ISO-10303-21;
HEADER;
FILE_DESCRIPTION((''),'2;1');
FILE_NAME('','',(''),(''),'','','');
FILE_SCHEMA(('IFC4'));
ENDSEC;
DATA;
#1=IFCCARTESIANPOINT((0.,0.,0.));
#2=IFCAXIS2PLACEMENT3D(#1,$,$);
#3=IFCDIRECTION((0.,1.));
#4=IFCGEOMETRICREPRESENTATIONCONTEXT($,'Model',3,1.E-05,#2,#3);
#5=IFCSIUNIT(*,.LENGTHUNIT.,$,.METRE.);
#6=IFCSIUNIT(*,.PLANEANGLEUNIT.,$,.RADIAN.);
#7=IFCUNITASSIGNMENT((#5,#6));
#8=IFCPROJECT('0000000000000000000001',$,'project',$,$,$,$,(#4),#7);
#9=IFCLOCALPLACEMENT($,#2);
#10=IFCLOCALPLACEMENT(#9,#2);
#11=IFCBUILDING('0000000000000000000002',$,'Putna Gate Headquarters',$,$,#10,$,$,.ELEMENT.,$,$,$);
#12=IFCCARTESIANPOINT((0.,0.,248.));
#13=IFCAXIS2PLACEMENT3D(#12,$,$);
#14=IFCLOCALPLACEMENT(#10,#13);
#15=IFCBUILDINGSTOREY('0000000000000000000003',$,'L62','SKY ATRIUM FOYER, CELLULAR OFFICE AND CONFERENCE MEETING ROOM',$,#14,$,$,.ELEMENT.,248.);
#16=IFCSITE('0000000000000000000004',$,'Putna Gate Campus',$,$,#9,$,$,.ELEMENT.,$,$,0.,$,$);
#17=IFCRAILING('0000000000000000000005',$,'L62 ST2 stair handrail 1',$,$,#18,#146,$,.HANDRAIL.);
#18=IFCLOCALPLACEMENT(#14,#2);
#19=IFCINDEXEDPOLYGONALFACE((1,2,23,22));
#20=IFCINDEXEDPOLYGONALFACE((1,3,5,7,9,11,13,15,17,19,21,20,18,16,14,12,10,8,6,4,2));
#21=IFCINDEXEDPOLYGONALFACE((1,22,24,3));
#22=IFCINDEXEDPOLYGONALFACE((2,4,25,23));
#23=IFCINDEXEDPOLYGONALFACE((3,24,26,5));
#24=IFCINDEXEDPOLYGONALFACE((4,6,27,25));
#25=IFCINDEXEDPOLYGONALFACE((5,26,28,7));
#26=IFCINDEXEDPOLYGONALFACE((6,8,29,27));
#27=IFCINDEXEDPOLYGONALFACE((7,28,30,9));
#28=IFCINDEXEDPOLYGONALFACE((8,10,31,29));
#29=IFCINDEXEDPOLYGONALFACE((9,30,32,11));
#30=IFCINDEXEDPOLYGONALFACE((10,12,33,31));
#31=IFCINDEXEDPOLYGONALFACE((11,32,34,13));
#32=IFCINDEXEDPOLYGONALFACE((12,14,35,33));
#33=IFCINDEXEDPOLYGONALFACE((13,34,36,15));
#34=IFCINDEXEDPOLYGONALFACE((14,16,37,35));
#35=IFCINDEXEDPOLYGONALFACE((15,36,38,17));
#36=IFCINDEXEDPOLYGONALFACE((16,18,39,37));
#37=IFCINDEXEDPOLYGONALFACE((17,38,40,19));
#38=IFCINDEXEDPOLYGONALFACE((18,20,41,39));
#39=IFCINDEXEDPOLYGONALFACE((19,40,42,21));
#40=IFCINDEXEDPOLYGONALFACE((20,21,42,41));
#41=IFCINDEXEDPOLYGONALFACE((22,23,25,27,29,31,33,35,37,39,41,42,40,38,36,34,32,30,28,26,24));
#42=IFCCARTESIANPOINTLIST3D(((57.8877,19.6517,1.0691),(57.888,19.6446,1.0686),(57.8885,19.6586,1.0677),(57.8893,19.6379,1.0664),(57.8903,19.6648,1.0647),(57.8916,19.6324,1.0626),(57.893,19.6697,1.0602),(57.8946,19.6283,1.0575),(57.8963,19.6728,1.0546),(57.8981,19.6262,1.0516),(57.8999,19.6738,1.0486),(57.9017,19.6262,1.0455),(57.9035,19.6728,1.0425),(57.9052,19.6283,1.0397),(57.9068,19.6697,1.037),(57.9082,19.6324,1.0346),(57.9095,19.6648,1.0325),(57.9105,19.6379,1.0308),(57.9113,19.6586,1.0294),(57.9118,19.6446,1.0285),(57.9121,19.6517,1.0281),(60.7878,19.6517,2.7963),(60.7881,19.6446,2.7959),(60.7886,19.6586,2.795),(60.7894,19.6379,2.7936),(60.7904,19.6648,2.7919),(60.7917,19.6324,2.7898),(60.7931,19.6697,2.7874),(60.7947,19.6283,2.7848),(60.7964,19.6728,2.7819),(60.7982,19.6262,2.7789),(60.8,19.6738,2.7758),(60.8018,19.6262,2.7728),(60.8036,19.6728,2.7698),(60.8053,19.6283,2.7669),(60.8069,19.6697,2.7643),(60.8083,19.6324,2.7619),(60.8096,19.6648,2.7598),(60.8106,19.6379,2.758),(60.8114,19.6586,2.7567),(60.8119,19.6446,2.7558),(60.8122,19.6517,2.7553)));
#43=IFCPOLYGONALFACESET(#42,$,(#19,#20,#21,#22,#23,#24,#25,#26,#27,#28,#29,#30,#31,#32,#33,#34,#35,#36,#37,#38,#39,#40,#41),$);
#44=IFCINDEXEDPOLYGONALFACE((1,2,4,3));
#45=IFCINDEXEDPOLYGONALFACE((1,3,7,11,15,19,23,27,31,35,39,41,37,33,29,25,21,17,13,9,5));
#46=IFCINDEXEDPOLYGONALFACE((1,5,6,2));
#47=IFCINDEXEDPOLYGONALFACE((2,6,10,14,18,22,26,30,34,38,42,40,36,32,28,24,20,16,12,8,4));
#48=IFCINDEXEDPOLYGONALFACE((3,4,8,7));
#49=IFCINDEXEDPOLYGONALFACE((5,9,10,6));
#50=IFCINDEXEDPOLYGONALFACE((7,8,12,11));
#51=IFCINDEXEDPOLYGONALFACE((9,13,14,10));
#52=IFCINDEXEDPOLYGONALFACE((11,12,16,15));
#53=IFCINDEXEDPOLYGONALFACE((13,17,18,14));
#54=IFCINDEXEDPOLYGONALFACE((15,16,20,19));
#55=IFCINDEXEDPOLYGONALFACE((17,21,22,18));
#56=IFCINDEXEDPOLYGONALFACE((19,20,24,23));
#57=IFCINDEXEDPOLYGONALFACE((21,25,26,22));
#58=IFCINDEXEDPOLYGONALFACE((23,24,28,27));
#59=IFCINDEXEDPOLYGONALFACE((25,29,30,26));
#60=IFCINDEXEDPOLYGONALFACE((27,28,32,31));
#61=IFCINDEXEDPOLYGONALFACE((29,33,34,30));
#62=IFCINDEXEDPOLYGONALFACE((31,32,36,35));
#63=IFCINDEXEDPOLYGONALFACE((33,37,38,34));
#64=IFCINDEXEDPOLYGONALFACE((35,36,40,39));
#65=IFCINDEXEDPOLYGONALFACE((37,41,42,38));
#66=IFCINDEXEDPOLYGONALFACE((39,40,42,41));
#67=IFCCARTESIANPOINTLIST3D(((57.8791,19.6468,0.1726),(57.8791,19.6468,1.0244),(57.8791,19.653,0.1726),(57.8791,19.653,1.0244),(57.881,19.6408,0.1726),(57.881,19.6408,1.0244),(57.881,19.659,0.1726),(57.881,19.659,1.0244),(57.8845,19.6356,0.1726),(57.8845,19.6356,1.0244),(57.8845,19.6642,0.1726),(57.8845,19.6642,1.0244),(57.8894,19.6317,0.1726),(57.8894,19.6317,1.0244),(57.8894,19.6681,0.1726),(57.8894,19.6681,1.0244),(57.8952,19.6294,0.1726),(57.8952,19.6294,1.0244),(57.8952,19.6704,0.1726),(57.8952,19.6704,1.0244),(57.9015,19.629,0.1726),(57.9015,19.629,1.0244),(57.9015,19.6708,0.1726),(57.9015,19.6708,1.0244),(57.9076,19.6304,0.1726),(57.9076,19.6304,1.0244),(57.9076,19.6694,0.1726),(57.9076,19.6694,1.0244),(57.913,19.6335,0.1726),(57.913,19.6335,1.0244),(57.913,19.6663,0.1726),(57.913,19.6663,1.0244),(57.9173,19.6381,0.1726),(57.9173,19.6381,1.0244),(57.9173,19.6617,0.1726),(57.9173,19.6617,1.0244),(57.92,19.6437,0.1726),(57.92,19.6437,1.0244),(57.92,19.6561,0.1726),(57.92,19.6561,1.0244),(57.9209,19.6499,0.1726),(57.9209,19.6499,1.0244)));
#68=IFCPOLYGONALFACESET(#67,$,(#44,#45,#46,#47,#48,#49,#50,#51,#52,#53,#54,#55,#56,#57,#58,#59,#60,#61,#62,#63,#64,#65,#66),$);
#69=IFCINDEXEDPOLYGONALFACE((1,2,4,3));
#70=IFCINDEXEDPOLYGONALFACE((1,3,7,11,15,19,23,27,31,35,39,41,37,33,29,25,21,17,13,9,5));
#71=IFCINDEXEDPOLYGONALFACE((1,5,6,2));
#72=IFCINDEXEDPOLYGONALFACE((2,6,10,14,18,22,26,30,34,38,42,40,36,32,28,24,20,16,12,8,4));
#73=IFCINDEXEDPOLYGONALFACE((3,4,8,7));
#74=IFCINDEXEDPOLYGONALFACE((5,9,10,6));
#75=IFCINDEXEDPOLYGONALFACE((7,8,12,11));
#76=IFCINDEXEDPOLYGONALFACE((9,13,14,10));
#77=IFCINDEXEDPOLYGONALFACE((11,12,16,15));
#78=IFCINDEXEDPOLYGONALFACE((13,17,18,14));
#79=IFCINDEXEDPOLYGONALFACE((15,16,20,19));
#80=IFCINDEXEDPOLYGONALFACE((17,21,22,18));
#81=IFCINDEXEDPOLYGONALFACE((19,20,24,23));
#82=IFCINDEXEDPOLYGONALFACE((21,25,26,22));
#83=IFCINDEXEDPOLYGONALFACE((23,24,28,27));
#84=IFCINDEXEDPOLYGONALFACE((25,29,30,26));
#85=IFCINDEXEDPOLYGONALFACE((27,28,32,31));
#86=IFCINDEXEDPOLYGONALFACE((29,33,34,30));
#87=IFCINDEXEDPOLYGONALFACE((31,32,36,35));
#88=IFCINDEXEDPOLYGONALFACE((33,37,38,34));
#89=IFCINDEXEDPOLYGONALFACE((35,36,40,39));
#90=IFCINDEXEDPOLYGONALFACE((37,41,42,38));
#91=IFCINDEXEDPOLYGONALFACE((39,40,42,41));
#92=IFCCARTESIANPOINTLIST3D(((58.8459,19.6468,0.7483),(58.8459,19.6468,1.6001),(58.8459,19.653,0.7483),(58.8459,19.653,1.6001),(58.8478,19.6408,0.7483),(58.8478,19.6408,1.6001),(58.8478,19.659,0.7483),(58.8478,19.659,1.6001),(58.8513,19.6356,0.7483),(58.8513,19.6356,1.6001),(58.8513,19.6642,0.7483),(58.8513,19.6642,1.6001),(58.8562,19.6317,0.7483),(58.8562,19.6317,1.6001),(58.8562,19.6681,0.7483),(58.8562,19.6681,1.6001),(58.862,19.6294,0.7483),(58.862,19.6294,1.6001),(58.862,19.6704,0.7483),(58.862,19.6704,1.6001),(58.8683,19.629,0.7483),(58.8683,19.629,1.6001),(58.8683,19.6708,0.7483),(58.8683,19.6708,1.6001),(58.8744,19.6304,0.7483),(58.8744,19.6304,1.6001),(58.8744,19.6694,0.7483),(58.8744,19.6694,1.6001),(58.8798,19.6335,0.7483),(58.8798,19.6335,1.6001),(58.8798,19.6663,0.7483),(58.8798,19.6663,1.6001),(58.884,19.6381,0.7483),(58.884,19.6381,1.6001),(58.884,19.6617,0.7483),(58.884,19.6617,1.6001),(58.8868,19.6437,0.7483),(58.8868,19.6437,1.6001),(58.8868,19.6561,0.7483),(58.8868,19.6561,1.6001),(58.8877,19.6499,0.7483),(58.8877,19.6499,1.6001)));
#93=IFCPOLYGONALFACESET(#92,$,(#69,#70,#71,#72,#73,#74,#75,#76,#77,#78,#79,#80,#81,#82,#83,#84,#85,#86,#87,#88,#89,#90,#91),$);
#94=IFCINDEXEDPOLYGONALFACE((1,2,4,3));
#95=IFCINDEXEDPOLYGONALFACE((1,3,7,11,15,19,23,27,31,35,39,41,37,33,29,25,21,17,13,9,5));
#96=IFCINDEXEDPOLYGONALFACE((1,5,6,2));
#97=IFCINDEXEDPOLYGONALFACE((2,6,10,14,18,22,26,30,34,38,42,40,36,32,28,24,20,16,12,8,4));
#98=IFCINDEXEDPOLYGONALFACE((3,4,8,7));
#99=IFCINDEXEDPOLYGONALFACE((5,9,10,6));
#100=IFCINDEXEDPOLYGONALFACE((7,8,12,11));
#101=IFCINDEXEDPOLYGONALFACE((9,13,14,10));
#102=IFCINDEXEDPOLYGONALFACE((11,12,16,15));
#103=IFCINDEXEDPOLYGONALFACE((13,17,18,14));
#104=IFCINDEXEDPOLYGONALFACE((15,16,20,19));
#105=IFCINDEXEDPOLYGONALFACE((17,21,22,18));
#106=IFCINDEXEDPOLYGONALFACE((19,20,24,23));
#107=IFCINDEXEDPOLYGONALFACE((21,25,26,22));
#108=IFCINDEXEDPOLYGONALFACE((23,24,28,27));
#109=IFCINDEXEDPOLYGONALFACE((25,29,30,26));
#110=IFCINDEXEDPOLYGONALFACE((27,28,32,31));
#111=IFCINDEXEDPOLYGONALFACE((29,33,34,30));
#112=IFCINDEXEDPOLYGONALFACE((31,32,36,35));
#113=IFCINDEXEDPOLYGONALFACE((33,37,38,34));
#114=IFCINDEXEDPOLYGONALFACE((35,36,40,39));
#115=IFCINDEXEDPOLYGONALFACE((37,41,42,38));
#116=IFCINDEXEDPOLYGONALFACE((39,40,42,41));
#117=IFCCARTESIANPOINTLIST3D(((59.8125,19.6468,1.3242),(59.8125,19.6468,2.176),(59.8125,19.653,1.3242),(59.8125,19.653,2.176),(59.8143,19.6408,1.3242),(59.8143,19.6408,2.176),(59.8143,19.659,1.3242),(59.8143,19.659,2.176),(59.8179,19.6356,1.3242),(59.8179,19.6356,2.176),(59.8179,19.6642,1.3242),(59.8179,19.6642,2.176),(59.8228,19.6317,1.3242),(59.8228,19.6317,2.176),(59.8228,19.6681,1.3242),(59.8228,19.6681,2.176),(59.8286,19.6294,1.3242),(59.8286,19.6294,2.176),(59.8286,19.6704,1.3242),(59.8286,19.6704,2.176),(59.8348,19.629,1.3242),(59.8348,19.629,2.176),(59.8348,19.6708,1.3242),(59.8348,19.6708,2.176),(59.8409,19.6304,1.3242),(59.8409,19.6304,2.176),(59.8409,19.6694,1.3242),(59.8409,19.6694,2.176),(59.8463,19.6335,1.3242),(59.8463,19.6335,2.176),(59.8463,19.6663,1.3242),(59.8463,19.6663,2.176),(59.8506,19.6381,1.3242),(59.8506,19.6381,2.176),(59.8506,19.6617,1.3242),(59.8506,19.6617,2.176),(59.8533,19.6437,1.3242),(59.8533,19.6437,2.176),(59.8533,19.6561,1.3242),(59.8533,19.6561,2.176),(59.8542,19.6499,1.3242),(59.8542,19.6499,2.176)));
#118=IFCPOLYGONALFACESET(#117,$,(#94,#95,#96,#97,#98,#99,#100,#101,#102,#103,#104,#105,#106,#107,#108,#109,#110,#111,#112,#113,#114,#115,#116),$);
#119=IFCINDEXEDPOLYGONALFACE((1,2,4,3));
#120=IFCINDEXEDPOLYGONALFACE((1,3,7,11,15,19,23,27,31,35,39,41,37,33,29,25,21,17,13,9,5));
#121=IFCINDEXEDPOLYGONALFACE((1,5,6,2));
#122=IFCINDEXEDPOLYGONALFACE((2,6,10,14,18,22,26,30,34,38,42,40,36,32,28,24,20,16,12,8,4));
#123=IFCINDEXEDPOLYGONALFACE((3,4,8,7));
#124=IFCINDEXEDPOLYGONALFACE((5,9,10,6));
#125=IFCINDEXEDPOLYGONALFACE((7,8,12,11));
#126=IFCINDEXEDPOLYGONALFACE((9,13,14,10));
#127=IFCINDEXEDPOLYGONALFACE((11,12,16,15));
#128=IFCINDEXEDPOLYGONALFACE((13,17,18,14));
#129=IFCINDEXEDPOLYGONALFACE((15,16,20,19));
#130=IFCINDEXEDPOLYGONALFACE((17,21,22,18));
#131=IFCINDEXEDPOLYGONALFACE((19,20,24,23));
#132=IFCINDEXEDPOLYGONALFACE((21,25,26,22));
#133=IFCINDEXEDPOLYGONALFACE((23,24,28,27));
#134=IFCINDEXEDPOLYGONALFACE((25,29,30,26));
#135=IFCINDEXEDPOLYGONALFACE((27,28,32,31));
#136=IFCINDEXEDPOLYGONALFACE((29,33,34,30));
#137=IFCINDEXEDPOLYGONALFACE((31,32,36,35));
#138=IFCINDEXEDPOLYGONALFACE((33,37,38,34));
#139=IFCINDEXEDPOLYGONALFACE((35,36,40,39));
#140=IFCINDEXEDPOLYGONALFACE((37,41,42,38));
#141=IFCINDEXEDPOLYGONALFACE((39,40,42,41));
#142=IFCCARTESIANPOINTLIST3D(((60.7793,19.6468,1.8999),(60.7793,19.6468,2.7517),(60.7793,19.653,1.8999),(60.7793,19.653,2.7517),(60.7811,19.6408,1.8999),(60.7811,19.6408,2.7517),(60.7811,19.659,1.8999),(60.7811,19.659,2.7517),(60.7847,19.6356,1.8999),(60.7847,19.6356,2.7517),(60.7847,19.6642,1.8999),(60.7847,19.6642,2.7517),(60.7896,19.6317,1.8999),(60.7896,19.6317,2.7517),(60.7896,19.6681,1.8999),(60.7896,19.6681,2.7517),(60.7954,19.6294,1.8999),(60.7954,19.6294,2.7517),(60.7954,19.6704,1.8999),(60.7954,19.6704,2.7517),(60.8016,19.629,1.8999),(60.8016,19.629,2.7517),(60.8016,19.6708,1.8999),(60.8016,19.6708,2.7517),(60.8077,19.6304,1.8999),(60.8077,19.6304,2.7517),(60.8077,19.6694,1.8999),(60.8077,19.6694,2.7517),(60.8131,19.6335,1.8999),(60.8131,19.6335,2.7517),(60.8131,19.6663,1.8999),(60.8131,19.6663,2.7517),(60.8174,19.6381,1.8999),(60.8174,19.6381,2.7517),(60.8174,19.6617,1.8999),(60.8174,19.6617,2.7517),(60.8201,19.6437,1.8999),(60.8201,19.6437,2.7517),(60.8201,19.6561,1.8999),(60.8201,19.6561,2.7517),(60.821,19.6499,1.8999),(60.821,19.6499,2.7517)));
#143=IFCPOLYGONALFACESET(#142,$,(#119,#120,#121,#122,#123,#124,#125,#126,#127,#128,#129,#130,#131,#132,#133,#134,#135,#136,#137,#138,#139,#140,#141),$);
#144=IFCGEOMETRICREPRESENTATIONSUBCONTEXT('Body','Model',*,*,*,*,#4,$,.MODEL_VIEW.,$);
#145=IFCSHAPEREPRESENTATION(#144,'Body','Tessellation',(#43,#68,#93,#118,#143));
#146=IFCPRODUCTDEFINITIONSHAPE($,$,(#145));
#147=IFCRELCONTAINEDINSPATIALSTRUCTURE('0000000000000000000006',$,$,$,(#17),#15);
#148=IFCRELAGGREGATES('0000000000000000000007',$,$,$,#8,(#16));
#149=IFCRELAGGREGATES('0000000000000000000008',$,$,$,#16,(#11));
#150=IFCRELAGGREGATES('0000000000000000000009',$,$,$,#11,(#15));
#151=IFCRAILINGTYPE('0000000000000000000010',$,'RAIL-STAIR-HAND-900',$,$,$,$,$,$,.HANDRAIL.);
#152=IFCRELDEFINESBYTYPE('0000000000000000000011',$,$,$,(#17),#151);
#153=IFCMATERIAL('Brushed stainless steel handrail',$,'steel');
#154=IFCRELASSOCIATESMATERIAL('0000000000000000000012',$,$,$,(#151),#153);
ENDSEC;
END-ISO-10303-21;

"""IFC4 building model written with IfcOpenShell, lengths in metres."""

from ifc_helpers import new_model, si_unit, direction, frame, origin, origin_2d, place, context, subcontext, project, spatial, circle, extrude, material, type_object, element, save


model = new_model("IFC4")

# Units and contexts
model_context = context("Model", 3, precision=1e-05, world=origin(), true_north=direction((0.0, 1.0)))
body_context = subcontext(model_context, "Body", "Model", "MODEL_VIEW")
ifc_project = project(units=[si_unit("LENGTHUNIT", "METRE"), si_unit("PLANEANGLEUNIT", "RADIAN")], contexts=[model_context])

# Site, building, storey
site_placement = place(None, origin())
site = spatial("IfcSite", under=ifc_project, at=site_placement, Name="Putna Gate Campus", CompositionType="ELEMENT", RefElevation=0.0)
building_placement = place(site_placement, origin())
building = spatial("IfcBuilding", under=site, at=building_placement, Name="Putna Gate Headquarters", CompositionType="ELEMENT")
storey_placement = place(building_placement, frame((0.0, 0.0, 248.0)))
storey = spatial("IfcBuildingStorey", under=building, at=storey_placement, Name="L62", Description="SKY ATRIUM FOYER, CELLULAR OFFICE AND CONFERENCE MEETING ROOM", CompositionType="ELEMENT", Elevation=248.0)

# Railing
ifc_material_1 = material(Name="Brushed stainless steel handrail", Category="steel")
railing_type_1 = type_object("IfcRailingType", Name="RAIL-STAIR-HAND-900", PredefinedType="HANDRAIL", material=ifc_material_1)
railing_1_placement = place(storey_placement, frame((57.8999, 19.6499, 0.1726)))
element("IfcRailing", 1, at=railing_1_placement, inside=storey, type_object=railing_type_1, Name="L62 ST2 stair handrail 1", PredefinedType="HANDRAIL", context=body_context, shape_type="SweptSolid", body=[
    extrude(circle(Radius=0.0239, at=origin_2d()), frame((0.0, 0.0, 0.876), z_axis=(0.85916, 0.0, 0.511706), x_axis=(0.0, 1.0, 0.0)), (0.0, 0.0, 1.0), 3.3755),
    extrude(circle(Radius=0.021, at=origin_2d()), origin(), (0.0, 0.0, 1.0), 0.8518),
    extrude(circle(Radius=0.021, at=origin_2d()), frame((0.9668, 0.0, 0.5757)), (0.0, 0.0, 1.0), 0.8518),
    extrude(circle(Radius=0.021, at=origin_2d()), frame((1.9333, 0.0, 1.1516)), (0.0, 0.0, 1.0), 0.8518),
    extrude(circle(Radius=0.021, at=origin_2d()), frame((2.9001, 0.0, 1.7273)), (0.0, 0.0, 1.0), 0.8518),
])

save(model, "model.ifc")
